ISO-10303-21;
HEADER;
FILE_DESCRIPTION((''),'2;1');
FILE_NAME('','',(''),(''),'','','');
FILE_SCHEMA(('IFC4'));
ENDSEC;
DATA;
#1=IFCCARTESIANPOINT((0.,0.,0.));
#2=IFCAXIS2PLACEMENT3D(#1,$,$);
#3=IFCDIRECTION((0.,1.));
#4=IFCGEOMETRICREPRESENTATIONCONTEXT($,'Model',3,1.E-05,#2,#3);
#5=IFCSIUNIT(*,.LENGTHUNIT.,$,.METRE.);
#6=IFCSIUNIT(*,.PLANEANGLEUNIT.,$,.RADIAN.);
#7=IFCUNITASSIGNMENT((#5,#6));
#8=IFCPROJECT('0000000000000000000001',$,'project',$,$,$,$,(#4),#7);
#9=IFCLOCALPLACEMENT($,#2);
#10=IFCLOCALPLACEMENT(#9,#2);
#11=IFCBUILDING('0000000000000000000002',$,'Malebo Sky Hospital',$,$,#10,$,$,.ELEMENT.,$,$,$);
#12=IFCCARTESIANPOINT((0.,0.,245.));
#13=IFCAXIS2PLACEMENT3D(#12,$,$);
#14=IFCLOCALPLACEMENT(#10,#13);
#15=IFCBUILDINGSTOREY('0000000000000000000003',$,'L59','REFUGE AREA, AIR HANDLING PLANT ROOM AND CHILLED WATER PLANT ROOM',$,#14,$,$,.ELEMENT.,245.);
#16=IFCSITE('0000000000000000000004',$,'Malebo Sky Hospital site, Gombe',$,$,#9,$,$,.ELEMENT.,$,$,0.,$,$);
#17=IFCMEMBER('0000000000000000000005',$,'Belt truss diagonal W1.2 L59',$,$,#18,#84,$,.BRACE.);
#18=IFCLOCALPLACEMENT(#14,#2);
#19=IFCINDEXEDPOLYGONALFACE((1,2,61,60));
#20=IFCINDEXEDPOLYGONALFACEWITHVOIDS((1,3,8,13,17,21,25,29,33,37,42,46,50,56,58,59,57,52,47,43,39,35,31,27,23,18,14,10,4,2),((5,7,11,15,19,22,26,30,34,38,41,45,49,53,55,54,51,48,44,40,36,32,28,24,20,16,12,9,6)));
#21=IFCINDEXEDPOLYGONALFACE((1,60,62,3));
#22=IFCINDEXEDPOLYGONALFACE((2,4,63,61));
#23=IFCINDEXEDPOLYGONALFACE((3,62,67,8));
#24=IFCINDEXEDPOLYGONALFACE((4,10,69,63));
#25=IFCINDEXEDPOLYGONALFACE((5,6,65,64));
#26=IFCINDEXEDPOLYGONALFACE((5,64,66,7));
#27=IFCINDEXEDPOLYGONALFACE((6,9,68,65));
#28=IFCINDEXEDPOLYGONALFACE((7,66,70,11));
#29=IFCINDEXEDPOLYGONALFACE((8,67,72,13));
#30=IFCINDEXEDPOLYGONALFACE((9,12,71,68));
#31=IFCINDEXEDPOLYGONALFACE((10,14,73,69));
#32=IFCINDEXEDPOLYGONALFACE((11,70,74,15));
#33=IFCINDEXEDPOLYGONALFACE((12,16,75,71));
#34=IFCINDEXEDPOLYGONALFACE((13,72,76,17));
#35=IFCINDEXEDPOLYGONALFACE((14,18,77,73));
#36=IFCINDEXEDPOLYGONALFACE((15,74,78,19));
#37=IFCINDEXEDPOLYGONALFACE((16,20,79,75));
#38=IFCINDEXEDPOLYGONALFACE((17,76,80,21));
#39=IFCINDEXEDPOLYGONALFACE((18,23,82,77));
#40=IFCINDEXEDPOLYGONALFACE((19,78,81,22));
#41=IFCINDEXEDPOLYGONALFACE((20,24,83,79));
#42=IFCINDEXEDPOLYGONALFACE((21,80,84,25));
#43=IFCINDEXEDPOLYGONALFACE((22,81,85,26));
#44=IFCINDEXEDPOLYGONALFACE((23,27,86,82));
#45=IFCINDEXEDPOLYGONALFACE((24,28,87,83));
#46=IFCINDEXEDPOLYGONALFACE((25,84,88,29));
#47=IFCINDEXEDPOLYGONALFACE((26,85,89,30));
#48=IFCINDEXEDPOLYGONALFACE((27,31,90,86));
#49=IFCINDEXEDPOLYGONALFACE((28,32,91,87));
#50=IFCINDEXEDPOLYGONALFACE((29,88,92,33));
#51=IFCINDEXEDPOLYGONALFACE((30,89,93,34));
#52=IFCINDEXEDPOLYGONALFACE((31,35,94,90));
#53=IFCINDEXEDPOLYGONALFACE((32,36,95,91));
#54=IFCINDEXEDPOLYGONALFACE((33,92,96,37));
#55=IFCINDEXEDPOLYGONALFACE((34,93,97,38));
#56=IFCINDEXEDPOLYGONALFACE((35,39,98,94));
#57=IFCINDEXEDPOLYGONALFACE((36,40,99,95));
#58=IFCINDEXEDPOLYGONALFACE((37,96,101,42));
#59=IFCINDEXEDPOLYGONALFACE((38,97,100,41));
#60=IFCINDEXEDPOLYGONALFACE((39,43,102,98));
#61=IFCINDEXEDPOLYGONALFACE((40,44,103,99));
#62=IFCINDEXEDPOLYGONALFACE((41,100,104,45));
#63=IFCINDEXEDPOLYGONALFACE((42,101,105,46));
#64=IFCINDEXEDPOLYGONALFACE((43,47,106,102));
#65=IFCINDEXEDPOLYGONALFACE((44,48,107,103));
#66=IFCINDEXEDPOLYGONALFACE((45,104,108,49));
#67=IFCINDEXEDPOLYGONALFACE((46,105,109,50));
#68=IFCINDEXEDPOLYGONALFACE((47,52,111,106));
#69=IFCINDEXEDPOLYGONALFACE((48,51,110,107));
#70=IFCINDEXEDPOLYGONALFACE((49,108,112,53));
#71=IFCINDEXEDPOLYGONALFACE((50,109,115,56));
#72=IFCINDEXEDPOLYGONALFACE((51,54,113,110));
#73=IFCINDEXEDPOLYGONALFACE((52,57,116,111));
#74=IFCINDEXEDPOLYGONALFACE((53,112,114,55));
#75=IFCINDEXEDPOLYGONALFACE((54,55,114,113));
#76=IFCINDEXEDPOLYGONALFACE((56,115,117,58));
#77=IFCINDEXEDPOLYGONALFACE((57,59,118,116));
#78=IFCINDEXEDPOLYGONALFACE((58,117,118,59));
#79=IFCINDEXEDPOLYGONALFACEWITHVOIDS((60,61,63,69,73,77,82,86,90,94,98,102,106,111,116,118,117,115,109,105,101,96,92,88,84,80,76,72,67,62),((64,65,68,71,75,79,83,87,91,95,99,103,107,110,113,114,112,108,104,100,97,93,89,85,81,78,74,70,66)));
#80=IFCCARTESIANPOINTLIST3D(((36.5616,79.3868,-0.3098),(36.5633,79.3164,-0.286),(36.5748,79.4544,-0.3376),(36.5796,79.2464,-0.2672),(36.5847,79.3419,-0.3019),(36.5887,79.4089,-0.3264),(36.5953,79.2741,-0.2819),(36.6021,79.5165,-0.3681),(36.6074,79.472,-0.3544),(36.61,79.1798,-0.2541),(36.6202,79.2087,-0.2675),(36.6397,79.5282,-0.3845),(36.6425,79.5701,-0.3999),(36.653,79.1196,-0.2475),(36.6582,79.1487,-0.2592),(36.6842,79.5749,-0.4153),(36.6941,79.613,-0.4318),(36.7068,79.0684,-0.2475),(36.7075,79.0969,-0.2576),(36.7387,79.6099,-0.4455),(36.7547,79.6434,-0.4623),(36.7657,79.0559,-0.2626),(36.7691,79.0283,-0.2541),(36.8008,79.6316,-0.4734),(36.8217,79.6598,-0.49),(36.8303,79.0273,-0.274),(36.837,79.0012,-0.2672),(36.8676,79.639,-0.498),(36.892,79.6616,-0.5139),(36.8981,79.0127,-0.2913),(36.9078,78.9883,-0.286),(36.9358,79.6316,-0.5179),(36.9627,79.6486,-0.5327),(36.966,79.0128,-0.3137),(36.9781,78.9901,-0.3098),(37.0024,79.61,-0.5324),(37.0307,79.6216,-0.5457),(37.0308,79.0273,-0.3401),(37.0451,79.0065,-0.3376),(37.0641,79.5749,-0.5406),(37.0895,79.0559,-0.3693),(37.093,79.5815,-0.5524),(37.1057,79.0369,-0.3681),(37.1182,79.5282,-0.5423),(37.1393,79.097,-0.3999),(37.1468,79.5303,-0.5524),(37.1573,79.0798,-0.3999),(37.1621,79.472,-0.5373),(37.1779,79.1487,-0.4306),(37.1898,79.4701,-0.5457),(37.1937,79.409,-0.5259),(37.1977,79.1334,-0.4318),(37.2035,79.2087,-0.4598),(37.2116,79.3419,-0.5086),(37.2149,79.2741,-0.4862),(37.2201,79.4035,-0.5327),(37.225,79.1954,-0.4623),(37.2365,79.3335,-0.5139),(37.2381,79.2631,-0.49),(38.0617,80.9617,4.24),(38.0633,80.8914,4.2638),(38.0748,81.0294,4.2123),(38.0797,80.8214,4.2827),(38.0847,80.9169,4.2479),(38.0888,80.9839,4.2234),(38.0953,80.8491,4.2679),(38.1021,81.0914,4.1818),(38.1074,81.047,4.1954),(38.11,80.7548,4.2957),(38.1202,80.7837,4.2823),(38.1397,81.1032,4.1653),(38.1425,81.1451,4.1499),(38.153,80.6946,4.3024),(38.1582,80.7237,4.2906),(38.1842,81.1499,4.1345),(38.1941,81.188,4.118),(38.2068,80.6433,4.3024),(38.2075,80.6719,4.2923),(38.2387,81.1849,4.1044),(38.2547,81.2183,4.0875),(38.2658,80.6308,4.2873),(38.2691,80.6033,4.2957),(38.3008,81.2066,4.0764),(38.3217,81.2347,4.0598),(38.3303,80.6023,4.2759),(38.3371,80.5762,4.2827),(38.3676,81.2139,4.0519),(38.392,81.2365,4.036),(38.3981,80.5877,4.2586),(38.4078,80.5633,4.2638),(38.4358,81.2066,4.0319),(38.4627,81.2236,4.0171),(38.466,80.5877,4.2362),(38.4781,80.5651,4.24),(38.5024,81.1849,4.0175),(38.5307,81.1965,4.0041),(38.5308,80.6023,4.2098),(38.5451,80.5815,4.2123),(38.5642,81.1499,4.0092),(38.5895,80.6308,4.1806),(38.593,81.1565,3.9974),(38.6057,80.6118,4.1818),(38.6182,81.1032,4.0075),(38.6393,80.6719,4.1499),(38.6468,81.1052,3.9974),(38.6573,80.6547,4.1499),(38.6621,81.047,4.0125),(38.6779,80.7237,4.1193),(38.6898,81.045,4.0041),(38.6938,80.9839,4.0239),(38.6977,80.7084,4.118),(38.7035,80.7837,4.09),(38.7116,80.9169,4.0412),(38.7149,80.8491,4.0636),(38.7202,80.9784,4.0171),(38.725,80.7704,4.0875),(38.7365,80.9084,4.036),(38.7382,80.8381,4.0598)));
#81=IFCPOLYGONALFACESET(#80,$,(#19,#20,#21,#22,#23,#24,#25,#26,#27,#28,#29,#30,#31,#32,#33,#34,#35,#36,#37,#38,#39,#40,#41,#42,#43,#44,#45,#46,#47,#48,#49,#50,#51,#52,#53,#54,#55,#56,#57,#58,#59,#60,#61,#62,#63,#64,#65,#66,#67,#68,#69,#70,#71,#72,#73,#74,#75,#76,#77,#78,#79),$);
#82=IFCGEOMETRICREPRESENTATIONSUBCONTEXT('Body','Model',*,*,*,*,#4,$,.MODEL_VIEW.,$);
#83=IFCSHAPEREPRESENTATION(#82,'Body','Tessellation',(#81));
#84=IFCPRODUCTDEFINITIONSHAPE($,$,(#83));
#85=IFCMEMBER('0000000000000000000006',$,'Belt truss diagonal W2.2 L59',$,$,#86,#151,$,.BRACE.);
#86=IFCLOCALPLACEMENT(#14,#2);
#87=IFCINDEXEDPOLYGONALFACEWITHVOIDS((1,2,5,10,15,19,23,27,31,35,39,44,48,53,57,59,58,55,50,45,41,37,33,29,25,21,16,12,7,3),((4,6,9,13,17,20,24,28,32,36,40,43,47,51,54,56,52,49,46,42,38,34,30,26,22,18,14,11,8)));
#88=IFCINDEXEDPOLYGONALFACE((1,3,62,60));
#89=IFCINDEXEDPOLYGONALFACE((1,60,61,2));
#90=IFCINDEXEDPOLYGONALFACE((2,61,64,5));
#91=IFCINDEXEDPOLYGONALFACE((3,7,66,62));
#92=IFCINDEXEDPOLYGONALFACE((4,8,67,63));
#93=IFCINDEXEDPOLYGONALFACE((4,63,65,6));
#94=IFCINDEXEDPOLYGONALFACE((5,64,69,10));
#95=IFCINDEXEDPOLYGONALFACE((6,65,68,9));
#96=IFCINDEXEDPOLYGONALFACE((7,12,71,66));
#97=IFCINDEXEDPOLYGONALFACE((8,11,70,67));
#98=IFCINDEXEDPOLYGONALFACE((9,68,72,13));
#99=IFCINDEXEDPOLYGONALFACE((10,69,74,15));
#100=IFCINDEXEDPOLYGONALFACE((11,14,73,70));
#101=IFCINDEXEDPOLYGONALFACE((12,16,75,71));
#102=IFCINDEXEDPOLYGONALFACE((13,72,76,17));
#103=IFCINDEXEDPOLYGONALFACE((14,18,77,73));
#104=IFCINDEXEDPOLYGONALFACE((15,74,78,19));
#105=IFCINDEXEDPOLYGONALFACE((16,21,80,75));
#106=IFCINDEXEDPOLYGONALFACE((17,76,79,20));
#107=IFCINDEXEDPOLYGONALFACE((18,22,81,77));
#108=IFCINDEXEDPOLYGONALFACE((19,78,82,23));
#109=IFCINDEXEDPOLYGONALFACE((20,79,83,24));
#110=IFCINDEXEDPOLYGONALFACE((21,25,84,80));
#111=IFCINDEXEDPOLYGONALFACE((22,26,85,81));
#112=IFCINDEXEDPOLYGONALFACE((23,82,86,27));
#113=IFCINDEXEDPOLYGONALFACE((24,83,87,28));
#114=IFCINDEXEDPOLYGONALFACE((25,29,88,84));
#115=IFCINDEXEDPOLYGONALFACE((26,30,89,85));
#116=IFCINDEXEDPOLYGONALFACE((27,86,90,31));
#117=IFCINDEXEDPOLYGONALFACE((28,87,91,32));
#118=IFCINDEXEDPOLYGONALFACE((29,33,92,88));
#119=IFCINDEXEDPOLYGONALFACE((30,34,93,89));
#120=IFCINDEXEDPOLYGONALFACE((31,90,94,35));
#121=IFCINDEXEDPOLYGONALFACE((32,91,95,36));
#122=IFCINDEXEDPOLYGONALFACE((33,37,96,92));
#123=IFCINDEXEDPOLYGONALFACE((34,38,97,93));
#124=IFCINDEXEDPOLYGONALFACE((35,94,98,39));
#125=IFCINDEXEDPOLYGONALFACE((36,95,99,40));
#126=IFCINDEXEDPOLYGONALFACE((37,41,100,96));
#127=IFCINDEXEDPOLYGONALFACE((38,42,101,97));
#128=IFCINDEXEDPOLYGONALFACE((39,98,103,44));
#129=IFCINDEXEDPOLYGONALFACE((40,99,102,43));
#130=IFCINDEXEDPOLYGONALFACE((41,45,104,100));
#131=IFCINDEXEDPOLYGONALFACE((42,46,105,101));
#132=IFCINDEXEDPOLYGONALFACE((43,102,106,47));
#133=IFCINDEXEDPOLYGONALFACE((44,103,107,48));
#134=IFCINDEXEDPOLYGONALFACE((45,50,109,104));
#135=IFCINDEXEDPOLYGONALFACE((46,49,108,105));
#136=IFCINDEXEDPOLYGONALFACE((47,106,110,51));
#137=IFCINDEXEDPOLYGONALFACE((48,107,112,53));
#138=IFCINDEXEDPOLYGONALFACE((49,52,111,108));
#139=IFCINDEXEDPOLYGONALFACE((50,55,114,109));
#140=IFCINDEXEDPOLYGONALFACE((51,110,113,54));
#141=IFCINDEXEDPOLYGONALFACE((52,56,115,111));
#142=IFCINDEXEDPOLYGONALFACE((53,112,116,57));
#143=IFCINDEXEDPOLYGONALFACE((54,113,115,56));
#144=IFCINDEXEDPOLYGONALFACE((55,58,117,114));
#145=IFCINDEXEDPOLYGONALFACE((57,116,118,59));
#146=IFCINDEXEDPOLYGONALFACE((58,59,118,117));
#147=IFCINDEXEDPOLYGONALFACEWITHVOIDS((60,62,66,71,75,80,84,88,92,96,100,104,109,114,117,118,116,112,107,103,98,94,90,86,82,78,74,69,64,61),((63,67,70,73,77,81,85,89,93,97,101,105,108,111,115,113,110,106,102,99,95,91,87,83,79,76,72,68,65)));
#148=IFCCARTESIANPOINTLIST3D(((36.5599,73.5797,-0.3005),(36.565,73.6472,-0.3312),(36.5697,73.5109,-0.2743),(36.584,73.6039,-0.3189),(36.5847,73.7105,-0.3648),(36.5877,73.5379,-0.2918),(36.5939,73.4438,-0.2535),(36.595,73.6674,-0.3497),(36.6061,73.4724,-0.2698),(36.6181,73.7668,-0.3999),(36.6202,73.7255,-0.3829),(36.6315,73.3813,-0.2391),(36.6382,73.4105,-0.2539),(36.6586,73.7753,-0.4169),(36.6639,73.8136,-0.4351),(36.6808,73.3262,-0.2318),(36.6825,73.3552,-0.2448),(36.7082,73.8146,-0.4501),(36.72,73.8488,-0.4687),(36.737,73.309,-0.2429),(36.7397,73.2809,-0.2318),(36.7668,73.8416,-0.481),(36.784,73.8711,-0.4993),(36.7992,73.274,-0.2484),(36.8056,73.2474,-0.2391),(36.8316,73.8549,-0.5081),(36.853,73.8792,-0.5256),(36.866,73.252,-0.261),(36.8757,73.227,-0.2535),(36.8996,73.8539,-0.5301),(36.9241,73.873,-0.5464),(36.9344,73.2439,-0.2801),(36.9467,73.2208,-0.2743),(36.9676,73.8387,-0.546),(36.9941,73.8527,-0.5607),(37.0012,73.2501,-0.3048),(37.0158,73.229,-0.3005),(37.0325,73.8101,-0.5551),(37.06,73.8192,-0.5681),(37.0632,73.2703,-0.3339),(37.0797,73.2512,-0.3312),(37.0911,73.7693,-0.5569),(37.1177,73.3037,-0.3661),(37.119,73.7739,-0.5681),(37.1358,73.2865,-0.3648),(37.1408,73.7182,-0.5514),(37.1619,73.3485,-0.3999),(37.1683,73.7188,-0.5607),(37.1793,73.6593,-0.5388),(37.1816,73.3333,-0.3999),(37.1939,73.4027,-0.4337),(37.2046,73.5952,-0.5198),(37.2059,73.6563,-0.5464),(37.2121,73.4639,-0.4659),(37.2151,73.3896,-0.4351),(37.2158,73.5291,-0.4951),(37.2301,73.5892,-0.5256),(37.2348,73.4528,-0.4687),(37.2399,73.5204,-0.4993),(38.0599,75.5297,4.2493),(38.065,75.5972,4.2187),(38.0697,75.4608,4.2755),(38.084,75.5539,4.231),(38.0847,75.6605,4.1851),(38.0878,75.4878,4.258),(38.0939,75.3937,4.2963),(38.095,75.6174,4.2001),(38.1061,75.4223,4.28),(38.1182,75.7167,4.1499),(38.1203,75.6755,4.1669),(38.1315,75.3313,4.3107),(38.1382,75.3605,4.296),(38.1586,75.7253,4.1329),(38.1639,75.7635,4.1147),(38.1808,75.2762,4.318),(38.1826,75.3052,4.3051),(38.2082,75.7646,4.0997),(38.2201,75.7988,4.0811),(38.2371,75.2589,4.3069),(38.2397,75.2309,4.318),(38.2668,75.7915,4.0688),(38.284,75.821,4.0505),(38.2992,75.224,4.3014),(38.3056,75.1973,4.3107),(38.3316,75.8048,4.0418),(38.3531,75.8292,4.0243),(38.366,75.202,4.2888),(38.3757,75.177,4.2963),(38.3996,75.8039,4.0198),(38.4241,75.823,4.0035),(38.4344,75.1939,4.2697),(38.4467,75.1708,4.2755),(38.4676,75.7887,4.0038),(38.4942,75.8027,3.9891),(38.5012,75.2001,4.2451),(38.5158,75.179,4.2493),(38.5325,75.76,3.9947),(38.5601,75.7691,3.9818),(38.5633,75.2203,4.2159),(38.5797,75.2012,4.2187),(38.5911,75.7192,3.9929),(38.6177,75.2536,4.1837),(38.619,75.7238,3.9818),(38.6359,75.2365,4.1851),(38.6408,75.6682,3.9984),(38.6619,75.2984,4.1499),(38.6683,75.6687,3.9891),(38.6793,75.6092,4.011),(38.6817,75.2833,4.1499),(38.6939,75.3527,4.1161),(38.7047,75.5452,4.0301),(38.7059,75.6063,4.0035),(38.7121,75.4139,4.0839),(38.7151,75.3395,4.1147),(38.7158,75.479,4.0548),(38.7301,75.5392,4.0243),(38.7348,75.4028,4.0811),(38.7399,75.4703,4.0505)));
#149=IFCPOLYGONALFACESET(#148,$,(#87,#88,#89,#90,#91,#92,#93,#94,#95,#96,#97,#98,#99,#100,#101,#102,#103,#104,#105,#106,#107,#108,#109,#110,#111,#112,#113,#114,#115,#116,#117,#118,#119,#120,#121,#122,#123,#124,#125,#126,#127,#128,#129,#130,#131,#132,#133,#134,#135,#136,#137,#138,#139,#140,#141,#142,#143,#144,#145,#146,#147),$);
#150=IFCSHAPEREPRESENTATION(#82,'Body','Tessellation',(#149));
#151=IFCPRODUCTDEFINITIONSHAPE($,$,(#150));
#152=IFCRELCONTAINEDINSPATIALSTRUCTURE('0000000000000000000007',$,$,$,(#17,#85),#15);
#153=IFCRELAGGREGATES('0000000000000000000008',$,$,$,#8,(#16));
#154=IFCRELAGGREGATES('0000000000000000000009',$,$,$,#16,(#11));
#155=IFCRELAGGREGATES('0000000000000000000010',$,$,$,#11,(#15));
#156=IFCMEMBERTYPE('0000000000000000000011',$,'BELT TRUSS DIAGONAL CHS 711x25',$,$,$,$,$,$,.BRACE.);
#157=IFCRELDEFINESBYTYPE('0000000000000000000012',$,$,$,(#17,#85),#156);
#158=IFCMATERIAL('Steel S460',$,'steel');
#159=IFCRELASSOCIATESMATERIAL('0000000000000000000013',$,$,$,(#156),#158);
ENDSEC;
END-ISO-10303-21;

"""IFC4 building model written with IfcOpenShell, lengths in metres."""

from ifc_helpers import new_model, si_unit, direction, frame, origin, origin_2d, place, context, subcontext, project, spatial, hollow_circle, extrude, material, material_profile, profile_set, type_object, element, save


model = new_model("IFC4")

# Units and contexts
model_context = context("Model", 3, precision=1e-05, world=origin(), true_north=direction((0.0, 1.0)))
body_context = subcontext(model_context, "Body", "Model", "MODEL_VIEW")
ifc_project = project(units=[si_unit("LENGTHUNIT", "METRE"), si_unit("PLANEANGLEUNIT", "RADIAN")], contexts=[model_context])

# Site, building, storey
site_placement = place(None, origin())
site = spatial("IfcSite", under=ifc_project, at=site_placement, Name="Malebo Sky Hospital site, Gombe", CompositionType="ELEMENT", RefElevation=0.0)
building_placement = place(site_placement, origin())
building = spatial("IfcBuilding", under=site, at=building_placement, Name="Malebo Sky Hospital", CompositionType="ELEMENT")
storey_placement = place(building_placement, frame((0.0, 0.0, 245.0)))
storey = spatial("IfcBuildingStorey", under=building, at=storey_placement, Name="L59", Description="REFUGE AREA, AIR HANDLING PLANT ROOM AND CHILLED WATER PLANT ROOM", CompositionType="ELEMENT", Elevation=245.0)

# Members
ifc_material_1 = material(Name="Steel S460", Category="steel")
ifc_material_profile_1 = material_profile(ifc_material_1, hollow_circle(Radius=0.3555, WallThickness=0.0249, at=origin_2d()), Name="CHS 711x25")
ifc_profile_set_1 = profile_set([ifc_material_profile_1], Name="Steel S460")
member_type_1 = type_object("IfcMemberType", Name="BELT TRUSS DIAGONAL CHS 711x25", PredefinedType="BRACE", material=ifc_profile_set_1)
member_1_placement = place(storey_placement, frame((38.3999, 80.8999, 4.1499), z_axis=(-0.297446, -0.312308, -0.902214), x_axis=(0.724127, -0.689666, 0.0)))
element("IfcMember", 1, at=member_1_placement, inside=storey, type_object=member_type_1, Name="Belt truss diagonal W1.2 L59", PredefinedType="BRACE", context=body_context, shape_type="SweptSolid", body=[
    extrude(hollow_circle(Radius=0.3555, WallThickness=0.0249, at=origin_2d()), origin(), (0.0, 0.0, 1.0), 5.043),
])
member_2_placement = place(storey_placement, frame((38.3999, 75.5, 4.1499), z_axis=(-0.290005, -0.376996, -0.879643), x_axis=(0.792617, -0.60972, 0.0)))
element("IfcMember", 2, at=member_2_placement, inside=storey, type_object=member_type_1, Name="Belt truss diagonal W2.2 L59", PredefinedType="BRACE", context=body_context, shape_type="SweptSolid", body=[
    extrude(hollow_circle(Radius=0.3555, WallThickness=0.0249, at=origin_2d()), origin(), (0.0, 0.0, 1.0), 5.1724),
])

save(model, "model.ifc")
